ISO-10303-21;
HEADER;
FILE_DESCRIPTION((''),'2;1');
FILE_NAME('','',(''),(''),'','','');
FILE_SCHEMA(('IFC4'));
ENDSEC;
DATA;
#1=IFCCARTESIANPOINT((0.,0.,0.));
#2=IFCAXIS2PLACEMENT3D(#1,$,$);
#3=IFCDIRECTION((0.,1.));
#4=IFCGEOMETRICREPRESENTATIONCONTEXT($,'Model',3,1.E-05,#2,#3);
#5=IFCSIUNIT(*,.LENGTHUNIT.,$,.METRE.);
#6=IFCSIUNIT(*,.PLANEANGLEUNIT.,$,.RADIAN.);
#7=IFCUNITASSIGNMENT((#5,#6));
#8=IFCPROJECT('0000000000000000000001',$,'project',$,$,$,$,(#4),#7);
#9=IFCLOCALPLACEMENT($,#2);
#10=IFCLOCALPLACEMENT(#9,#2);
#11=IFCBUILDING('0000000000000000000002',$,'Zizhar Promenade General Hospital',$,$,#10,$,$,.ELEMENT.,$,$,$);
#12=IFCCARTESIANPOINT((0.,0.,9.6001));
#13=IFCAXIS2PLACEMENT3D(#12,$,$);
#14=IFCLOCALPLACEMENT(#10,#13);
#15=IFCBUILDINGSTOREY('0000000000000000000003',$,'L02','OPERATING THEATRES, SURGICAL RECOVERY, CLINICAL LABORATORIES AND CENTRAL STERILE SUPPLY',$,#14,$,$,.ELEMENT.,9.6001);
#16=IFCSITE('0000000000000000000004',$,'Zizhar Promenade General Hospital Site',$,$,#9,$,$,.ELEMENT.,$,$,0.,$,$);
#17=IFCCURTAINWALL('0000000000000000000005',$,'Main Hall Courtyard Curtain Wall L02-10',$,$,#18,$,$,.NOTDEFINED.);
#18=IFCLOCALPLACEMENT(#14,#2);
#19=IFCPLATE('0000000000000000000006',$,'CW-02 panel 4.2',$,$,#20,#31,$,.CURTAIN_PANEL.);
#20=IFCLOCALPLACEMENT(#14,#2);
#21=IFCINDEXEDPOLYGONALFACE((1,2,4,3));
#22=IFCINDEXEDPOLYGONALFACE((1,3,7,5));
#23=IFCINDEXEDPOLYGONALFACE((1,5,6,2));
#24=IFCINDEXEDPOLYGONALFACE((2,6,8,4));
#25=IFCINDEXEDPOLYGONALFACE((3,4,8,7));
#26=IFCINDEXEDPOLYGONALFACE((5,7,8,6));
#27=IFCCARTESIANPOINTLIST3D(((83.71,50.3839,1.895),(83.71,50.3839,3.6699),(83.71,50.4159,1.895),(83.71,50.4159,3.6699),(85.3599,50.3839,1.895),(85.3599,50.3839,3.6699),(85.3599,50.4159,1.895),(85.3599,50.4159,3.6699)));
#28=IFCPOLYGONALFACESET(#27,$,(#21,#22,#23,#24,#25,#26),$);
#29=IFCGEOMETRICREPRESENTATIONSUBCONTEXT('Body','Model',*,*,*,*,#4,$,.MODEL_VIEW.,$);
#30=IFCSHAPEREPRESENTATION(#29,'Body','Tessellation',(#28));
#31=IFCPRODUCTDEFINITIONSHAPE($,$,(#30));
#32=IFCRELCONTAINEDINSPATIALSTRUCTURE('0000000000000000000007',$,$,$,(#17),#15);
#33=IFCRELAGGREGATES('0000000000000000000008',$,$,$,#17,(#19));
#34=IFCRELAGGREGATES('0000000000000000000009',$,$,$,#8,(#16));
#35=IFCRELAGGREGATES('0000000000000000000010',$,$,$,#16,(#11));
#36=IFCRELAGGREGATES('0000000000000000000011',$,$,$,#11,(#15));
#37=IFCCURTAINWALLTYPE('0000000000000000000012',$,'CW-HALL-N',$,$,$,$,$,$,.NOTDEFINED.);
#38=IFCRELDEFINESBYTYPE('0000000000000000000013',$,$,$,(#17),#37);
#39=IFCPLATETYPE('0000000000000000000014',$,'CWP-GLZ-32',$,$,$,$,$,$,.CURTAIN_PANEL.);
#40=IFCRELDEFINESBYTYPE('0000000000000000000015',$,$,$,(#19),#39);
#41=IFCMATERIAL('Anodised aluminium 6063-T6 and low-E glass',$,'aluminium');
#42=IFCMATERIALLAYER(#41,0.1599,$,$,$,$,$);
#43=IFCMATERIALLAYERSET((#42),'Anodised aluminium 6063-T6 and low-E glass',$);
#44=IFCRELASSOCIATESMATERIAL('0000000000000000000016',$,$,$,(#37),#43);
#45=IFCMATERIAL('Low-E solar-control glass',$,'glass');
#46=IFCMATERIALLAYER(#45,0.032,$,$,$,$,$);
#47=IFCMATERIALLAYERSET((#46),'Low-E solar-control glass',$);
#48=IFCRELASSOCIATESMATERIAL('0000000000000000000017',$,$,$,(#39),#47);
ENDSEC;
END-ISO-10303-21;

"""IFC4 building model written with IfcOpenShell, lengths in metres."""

from ifc_helpers import new_model, si_unit, direction, frame, origin, origin_2d, place, context, subcontext, project, spatial, rectangle, extrude, material, layer, layer_set, type_object, element, aggregate, save


model = new_model("IFC4")

# Units and contexts
model_context = context("Model", 3, precision=1e-05, world=origin(), true_north=direction((0.0, 1.0)))
body_context = subcontext(model_context, "Body", "Model", "MODEL_VIEW")
ifc_project = project(units=[si_unit("LENGTHUNIT", "METRE"), si_unit("PLANEANGLEUNIT", "RADIAN")], contexts=[model_context])

# Site, building, storey
site_placement = place(None, origin())
site = spatial("IfcSite", under=ifc_project, at=site_placement, Name="Zizhar Promenade General Hospital Site", CompositionType="ELEMENT", RefElevation=0.0)
building_placement = place(site_placement, origin())
building = spatial("IfcBuilding", under=site, at=building_placement, Name="Zizhar Promenade General Hospital", CompositionType="ELEMENT")
storey_placement = place(building_placement, frame((0.0, 0.0, 9.6001)))
storey = spatial("IfcBuildingStorey", under=building, at=storey_placement, Name="L02", Description="OPERATING THEATRES, SURGICAL RECOVERY, CLINICAL LABORATORIES AND CENTRAL STERILE SUPPLY", CompositionType="ELEMENT", Elevation=9.6001)

# Curtain wall, plate
ifc_material_1 = material(Name="Anodised aluminium 6063-T6 and low-E glass", Category="aluminium")
ifc_layer_1 = layer(ifc_material_1, 0.1599)
ifc_layer_set_1 = layer_set([ifc_layer_1], Name="Anodised aluminium 6063-T6 and low-E glass")
curtain_wall_type = type_object("IfcCurtainWallType", Name="CW-HALL-N", PredefinedType="NOTDEFINED", material=ifc_layer_set_1)
curtain_wall_placement = place(storey_placement, origin())
curtain_wall = element("IfcCurtainWall", 1, at=curtain_wall_placement, inside=storey, type_object=curtain_wall_type, Name="Main Hall Courtyard Curtain Wall L02-10", PredefinedType="NOTDEFINED")
ifc_material_2 = material(Name="Low-E solar-control glass", Category="glass")
ifc_layer_2 = layer(ifc_material_2, 0.032)
ifc_layer_set_2 = layer_set([ifc_layer_2], Name="Low-E solar-control glass")
plate_type = type_object("IfcPlateType", Name="CWP-GLZ-32", PredefinedType="CURTAIN_PANEL", material=ifc_layer_set_2)
plate_1_placement = place(storey_placement, frame((84.5349, 50.3999, 1.895), z_axis=(0.0, 0.0, 1.0), x_axis=(1.0, 0.0, 0.0)))
plate_1 = element("IfcPlate", 2, at=plate_1_placement, type_object=plate_type, Name="CW-02 panel 4.2", PredefinedType="CURTAIN_PANEL", context=body_context, shape_type="SweptSolid", body=[
    extrude(rectangle(XDim=1.6499, YDim=0.032, at=origin_2d()), origin(), (0.0, 0.0, 1.0), 1.7749),
])
aggregate(curtain_wall, [plate_1])

save(model, "model.ifc")
